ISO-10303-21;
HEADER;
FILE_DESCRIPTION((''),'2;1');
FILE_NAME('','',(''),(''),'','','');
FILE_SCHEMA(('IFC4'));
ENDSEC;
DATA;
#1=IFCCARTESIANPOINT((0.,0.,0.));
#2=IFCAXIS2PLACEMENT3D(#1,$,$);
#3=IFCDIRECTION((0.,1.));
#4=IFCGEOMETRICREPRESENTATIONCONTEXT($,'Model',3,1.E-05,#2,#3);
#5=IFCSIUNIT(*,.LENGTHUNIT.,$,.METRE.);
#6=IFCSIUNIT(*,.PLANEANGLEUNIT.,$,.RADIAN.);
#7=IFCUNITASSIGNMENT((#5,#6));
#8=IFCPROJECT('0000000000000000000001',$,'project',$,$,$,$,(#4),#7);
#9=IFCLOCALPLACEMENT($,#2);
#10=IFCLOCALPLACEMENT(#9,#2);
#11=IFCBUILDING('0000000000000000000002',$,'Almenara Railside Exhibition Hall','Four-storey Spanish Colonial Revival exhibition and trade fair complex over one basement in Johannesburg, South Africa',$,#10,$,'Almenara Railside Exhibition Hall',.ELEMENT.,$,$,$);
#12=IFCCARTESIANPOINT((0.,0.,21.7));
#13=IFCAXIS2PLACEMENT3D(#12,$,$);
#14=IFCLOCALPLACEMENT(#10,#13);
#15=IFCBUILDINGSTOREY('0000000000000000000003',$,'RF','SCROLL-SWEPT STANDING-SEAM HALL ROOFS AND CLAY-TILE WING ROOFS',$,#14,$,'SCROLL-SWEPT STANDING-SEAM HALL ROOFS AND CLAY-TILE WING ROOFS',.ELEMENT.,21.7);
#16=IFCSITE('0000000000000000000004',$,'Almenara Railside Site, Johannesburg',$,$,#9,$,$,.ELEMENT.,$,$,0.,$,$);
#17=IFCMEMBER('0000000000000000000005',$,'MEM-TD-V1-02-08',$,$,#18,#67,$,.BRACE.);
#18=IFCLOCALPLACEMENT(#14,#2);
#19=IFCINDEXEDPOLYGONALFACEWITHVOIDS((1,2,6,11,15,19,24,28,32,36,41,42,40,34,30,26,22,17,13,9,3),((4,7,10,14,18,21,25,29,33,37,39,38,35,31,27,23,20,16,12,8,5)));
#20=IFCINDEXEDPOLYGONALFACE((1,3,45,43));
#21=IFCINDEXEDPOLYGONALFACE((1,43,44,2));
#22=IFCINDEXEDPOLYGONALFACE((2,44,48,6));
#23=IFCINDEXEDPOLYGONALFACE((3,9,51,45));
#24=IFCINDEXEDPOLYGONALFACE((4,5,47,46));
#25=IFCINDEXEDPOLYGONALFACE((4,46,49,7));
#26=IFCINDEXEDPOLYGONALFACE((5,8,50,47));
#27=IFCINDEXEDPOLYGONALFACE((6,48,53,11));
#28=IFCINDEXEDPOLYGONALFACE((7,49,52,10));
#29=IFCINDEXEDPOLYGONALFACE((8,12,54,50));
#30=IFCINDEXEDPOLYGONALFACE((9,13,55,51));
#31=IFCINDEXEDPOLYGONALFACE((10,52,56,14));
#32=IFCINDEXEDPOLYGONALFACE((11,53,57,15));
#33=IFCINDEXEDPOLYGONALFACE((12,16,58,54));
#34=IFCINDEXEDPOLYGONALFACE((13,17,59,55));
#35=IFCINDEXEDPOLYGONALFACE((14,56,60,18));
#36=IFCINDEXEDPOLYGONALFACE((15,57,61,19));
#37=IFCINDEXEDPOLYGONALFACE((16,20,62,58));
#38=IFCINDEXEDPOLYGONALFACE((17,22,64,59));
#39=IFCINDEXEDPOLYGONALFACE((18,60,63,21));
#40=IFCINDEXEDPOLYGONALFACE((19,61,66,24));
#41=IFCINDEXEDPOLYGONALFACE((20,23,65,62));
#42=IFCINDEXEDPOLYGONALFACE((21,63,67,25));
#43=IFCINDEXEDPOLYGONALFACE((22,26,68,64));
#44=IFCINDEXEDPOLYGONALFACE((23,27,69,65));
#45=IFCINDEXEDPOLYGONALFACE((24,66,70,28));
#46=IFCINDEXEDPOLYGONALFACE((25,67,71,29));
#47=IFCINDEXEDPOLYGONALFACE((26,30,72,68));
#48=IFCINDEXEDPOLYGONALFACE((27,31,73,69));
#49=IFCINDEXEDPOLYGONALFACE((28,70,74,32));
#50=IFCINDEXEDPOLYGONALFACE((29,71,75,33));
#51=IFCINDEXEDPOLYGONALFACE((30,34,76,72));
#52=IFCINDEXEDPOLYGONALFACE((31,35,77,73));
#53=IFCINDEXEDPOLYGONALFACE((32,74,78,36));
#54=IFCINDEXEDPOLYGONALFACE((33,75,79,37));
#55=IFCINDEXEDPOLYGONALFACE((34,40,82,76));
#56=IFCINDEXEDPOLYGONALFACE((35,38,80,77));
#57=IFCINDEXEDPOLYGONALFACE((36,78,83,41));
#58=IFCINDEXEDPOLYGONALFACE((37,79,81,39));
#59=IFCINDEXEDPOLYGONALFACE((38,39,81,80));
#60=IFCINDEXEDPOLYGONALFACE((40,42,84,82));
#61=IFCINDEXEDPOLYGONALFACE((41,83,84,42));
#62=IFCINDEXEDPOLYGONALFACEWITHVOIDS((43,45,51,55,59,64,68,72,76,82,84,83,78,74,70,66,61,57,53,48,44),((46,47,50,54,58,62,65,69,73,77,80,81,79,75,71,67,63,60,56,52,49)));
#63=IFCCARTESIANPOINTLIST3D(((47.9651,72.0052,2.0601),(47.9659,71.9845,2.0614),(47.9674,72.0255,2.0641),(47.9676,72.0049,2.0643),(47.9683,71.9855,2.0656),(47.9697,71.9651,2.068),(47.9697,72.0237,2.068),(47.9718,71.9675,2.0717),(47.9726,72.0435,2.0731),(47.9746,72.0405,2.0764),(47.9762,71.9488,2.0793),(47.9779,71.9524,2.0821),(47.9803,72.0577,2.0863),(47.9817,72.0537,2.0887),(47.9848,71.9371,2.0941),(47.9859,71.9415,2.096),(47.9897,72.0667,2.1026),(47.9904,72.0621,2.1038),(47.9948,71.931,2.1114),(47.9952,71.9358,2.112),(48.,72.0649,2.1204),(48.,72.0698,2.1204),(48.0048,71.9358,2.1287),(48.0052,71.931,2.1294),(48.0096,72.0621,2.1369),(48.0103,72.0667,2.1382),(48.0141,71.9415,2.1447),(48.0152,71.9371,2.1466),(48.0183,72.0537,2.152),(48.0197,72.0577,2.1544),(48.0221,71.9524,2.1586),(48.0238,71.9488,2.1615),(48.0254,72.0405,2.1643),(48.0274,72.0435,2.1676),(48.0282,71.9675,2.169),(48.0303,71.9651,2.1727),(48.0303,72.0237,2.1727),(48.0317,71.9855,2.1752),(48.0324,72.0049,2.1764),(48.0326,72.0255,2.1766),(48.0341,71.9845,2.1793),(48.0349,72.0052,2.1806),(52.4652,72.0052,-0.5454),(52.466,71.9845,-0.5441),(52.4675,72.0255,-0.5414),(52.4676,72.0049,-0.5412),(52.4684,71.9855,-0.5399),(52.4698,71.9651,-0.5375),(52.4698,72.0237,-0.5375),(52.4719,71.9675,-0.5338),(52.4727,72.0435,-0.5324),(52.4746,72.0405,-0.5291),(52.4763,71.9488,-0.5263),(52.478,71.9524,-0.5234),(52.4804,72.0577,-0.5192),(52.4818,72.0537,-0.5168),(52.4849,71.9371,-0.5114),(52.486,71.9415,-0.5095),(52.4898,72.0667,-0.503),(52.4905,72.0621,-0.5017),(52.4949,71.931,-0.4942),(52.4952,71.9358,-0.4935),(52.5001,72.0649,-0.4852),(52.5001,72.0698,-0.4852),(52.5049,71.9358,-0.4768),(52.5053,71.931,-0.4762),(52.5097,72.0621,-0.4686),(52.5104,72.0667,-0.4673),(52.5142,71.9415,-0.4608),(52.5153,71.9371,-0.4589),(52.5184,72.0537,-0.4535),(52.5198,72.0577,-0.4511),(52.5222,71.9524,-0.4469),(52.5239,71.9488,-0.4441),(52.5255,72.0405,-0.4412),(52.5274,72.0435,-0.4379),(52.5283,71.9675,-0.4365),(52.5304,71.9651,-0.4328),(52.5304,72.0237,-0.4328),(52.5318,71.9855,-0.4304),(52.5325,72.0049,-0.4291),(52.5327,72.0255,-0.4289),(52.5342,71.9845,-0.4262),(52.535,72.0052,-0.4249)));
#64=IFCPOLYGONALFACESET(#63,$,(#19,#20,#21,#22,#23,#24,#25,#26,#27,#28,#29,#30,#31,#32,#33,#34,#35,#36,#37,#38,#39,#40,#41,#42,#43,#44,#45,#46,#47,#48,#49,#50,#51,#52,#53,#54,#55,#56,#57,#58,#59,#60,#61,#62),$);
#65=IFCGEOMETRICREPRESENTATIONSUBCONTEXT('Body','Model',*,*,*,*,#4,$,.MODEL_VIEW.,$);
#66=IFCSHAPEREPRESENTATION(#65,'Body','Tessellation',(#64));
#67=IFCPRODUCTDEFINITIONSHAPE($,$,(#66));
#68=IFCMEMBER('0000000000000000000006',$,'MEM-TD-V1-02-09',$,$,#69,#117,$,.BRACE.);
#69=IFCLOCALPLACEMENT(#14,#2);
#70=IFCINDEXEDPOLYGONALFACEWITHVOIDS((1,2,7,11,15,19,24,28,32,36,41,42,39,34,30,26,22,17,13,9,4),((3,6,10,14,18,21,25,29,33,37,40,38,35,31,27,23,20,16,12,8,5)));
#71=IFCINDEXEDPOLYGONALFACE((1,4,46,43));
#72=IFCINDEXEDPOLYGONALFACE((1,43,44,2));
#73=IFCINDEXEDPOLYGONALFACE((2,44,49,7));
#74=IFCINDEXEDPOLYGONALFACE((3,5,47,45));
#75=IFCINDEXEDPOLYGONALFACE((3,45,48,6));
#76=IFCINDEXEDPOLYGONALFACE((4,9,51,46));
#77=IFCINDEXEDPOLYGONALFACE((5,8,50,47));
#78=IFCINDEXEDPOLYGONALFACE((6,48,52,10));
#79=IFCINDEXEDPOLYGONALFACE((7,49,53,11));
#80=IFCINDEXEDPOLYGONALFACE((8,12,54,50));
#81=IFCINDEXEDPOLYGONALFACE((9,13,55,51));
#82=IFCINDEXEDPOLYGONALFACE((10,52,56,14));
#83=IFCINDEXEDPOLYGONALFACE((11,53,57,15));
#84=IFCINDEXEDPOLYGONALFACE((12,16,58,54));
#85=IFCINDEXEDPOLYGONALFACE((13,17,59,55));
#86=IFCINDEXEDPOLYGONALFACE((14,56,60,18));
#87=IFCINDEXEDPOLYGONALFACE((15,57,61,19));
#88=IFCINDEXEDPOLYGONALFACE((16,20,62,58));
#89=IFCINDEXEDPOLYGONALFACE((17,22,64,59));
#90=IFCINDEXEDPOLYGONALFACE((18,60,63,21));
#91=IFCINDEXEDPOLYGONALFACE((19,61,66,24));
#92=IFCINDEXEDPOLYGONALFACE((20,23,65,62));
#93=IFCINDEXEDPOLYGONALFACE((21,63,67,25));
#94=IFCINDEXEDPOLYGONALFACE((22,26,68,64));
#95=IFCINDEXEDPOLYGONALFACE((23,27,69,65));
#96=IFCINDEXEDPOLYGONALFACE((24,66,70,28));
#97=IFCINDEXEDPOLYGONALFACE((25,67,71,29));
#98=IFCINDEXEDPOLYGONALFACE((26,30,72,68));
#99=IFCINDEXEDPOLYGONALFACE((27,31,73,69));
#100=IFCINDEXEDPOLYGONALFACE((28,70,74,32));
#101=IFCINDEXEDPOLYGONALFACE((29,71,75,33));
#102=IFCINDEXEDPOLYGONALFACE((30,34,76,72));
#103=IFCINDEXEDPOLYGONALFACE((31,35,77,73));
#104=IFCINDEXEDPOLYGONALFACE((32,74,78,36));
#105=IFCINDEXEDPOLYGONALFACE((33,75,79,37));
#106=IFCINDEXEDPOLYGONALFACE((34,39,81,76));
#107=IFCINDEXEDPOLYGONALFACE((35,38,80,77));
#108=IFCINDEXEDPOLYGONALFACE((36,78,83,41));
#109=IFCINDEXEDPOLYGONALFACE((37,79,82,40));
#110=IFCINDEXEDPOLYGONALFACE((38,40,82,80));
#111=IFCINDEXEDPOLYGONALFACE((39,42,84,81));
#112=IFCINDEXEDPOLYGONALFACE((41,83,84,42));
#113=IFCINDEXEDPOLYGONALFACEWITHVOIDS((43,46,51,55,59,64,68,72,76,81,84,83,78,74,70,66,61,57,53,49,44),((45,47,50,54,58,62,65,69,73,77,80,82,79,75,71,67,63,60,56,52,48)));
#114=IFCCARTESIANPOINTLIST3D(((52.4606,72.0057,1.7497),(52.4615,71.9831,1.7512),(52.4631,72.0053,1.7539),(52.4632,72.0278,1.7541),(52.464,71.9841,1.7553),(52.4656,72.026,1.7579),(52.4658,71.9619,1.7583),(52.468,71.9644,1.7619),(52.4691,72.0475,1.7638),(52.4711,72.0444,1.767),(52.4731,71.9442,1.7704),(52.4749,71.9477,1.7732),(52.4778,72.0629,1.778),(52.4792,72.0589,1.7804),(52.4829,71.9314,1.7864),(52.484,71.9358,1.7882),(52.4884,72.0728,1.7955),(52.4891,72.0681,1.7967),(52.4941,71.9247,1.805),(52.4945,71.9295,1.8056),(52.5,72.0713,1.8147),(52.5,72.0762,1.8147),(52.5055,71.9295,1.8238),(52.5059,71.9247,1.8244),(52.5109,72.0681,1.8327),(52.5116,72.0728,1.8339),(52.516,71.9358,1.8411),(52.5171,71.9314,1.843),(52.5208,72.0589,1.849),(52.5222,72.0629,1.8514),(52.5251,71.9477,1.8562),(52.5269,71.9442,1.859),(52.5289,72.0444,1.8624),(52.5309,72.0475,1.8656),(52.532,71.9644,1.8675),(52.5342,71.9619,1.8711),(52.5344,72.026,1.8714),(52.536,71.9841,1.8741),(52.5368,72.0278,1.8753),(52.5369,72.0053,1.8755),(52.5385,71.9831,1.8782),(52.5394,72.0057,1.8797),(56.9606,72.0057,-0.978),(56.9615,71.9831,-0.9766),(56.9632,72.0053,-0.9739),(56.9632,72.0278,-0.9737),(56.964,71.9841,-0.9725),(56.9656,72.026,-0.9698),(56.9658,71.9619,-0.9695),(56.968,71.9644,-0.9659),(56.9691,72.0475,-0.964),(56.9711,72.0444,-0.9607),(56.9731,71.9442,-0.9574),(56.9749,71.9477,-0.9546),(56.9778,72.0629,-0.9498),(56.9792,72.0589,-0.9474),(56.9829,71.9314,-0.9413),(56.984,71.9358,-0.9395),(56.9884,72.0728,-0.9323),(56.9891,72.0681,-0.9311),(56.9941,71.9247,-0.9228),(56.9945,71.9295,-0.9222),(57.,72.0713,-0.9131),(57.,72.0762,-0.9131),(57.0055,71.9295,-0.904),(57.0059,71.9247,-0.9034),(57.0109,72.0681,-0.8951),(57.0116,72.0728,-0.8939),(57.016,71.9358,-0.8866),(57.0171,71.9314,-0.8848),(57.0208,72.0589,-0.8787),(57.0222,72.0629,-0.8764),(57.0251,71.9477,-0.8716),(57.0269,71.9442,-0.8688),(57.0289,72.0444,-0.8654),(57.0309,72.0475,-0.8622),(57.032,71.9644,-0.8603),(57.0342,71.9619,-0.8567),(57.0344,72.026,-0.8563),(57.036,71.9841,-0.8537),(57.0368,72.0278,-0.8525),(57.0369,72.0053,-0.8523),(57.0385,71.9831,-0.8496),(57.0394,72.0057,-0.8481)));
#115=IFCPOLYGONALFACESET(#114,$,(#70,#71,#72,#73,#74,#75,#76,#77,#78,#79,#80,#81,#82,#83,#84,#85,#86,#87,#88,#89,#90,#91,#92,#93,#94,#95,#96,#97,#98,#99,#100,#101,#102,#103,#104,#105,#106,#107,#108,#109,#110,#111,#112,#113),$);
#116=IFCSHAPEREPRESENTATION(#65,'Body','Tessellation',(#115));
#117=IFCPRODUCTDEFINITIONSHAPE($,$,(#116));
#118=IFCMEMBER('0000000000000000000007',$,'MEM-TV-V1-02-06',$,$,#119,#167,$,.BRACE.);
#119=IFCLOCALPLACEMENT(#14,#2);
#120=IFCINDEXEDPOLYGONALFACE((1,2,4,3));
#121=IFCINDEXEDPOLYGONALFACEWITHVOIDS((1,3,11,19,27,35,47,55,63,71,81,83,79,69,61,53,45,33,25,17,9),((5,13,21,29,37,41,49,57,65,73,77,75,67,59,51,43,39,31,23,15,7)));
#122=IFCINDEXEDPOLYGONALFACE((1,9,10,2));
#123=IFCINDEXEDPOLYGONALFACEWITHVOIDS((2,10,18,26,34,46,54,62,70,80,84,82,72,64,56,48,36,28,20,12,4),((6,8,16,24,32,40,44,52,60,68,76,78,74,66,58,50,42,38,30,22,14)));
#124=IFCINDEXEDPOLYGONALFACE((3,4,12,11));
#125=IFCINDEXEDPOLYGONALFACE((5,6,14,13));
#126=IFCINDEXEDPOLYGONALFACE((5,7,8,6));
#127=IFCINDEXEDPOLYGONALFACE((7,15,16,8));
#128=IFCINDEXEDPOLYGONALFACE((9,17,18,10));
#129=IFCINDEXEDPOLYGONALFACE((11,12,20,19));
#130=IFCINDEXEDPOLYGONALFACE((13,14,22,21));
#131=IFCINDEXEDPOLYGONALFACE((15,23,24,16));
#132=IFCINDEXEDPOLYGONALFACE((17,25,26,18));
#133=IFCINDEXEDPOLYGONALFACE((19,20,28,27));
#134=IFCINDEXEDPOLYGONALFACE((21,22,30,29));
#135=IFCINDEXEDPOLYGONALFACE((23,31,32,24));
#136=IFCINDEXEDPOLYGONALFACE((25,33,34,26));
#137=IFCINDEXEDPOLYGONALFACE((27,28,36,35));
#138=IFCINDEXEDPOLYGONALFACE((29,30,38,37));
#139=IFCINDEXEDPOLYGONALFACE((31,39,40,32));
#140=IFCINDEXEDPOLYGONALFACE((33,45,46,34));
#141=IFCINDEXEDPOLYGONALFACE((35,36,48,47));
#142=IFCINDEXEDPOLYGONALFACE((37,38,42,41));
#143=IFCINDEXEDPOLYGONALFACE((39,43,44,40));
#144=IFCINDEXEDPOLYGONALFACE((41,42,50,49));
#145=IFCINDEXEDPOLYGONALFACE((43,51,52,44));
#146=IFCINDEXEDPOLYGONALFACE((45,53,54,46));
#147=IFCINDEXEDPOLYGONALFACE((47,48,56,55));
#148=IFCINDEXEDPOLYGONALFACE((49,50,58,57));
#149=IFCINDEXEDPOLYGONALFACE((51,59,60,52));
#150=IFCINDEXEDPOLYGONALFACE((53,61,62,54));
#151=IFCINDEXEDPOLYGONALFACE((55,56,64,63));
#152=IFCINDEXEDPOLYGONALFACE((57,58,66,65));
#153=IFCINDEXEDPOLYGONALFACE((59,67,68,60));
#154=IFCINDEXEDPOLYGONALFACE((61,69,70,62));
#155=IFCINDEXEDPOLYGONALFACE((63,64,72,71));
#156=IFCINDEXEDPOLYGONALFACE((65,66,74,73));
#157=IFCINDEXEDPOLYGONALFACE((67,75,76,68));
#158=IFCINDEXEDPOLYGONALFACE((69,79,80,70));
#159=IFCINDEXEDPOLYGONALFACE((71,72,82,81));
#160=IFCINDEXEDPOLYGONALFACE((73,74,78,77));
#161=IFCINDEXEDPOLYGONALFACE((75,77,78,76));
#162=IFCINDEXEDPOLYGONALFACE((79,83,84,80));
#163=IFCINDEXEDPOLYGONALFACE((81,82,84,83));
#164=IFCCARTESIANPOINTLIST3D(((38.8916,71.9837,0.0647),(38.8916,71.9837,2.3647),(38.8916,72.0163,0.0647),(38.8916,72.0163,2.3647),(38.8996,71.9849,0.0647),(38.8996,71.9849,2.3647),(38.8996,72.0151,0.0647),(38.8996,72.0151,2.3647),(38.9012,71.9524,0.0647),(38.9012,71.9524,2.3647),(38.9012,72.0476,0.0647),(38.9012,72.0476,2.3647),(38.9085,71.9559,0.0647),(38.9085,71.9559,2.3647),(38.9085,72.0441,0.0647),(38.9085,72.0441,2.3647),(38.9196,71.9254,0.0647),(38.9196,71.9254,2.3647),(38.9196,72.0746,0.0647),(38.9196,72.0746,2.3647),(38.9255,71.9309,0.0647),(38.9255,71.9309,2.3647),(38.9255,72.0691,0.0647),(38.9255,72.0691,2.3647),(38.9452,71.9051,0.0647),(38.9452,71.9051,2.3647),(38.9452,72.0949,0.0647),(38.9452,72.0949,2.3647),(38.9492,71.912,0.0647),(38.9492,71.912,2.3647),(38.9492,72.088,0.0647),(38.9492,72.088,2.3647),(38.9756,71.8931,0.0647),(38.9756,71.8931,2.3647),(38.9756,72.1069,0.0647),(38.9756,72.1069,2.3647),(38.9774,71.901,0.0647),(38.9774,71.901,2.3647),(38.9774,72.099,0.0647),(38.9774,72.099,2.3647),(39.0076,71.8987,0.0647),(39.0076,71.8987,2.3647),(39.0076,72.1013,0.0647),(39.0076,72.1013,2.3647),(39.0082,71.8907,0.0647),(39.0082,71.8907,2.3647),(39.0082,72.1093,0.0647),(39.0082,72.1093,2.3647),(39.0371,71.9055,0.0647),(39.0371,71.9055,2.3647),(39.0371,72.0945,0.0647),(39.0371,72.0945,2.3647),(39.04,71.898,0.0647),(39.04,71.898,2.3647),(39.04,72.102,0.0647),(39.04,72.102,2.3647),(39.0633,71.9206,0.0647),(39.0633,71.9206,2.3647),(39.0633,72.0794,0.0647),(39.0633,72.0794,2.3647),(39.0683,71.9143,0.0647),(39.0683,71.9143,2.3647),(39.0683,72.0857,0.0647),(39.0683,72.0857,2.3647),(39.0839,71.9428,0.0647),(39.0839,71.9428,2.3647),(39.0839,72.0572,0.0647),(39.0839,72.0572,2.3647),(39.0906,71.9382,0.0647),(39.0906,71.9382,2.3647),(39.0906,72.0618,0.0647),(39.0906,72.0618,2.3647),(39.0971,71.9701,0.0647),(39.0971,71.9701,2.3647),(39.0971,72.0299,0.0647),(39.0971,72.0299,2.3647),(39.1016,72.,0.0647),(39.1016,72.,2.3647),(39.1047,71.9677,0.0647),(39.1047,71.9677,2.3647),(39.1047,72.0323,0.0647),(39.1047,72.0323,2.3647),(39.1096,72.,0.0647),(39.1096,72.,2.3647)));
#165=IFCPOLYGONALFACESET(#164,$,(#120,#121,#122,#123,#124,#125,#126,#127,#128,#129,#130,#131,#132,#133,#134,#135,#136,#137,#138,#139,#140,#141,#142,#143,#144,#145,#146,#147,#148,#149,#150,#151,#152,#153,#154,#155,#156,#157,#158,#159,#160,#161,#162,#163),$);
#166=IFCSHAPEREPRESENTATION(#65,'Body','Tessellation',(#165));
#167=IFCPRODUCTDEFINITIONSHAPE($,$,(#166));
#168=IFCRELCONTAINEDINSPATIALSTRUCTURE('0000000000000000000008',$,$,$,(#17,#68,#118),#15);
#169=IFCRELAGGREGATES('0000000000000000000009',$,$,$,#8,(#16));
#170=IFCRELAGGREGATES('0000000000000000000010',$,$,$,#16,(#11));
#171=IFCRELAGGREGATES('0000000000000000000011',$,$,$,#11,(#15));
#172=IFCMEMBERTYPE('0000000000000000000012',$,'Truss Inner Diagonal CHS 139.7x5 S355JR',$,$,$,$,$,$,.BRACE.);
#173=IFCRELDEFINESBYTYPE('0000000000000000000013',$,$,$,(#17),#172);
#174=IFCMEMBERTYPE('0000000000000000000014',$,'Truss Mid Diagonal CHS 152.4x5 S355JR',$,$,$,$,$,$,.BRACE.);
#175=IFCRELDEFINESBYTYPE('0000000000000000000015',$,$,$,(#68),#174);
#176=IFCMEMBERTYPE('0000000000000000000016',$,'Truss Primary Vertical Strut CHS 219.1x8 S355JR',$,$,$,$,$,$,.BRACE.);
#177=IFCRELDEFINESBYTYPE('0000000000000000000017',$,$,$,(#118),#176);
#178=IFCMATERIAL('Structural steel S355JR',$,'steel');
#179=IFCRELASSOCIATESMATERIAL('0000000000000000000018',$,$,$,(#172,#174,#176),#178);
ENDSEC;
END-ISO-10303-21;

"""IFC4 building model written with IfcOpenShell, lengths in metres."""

from ifc_helpers import new_model, si_unit, direction, frame, origin, origin_2d, place, context, subcontext, project, spatial, hollow_circle, extrude, material, material_profile, profile_set, type_object, element, save


model = new_model("IFC4")

# Units and contexts
model_context = context("Model", 3, precision=1e-05, world=origin(), true_north=direction((0.0, 1.0)))
body_context = subcontext(model_context, "Body", "Model", "MODEL_VIEW")
ifc_project = project(units=[si_unit("LENGTHUNIT", "METRE"), si_unit("PLANEANGLEUNIT", "RADIAN")], contexts=[model_context])

# Site, building, storey
site_placement = place(None, origin())
site = spatial("IfcSite", under=ifc_project, at=site_placement, Name="Almenara Railside Site, Johannesburg", CompositionType="ELEMENT", RefElevation=0.0)
building_placement = place(site_placement, origin())
building = spatial("IfcBuilding", under=site, at=building_placement, Name="Almenara Railside Exhibition Hall", Description="Four-storey Spanish Colonial Revival exhibition and trade fair complex over one basement in Johannesburg, South Africa", LongName="Almenara Railside Exhibition Hall", CompositionType="ELEMENT")
storey_placement = place(building_placement, frame((0.0, 0.0, 21.7)))
storey = spatial("IfcBuildingStorey", under=building, at=storey_placement, Name="RF", Description="SCROLL-SWEPT STANDING-SEAM HALL ROOFS AND CLAY-TILE WING ROOFS", LongName="SCROLL-SWEPT STANDING-SEAM HALL ROOFS AND CLAY-TILE WING ROOFS", CompositionType="ELEMENT", Elevation=21.7)

# Members
ifc_material_1 = material(Name="Structural steel S355JR", Category="steel")
ifc_material_profile_1 = material_profile(ifc_material_1, hollow_circle(Radius=0.0698, WallThickness=0.0049, at=origin_2d()), Name="CHS 139.7x5")
ifc_profile_set_1 = profile_set([ifc_material_profile_1], Name="Structural steel S355JR")
member_type_1 = type_object("IfcMemberType", Name="Truss Inner Diagonal CHS 139.7x5 S355JR", PredefinedType="BRACE", material=ifc_profile_set_1)
member_1_placement = place(storey_placement, frame((48.0, 72.0, 2.1204), z_axis=(0.865409, 0.0, -0.501066), x_axis=(0.0, 1.0, 0.0)))
element("IfcMember", 1, at=member_1_placement, inside=storey, type_object=member_type_1, Name="MEM-TD-V1-02-08", PredefinedType="BRACE", context=body_context, shape_type="SweptSolid", body=[
    extrude(hollow_circle(Radius=0.0698, WallThickness=0.0049, at=origin_2d()), origin(), (0.0, 0.0, 1.0), 5.2),
])
ifc_material_profile_2 = material_profile(ifc_material_1, hollow_circle(Radius=0.0762, WallThickness=0.0049, at=origin_2d()), Name="CHS 152.4x5")
ifc_profile_set_2 = profile_set([ifc_material_profile_2], Name="Structural steel S355JR")
member_type_2 = type_object("IfcMemberType", Name="Truss Mid Diagonal CHS 152.4x5 S355JR", PredefinedType="BRACE", material=ifc_profile_set_2)
member_2_placement = place(storey_placement, frame((52.5, 72.0, 1.8147), z_axis=(0.855155, 0.0, -0.518373), x_axis=(0.0, 1.0, 0.0)))
element("IfcMember", 2, at=member_2_placement, inside=storey, type_object=member_type_2, Name="MEM-TD-V1-02-09", PredefinedType="BRACE", context=body_context, shape_type="SweptSolid", body=[
    extrude(hollow_circle(Radius=0.0762, WallThickness=0.0049, at=origin_2d()), origin(), (0.0, 0.0, 1.0), 5.2622),
])
ifc_material_profile_3 = material_profile(ifc_material_1, hollow_circle(Radius=0.1096, WallThickness=0.0081, at=origin_2d()), Name="CHS 219.1x8")
ifc_profile_set_3 = profile_set([ifc_material_profile_3], Name="Structural steel S355JR")
member_type_3 = type_object("IfcMemberType", Name="Truss Primary Vertical Strut CHS 219.1x8 S355JR", PredefinedType="BRACE", material=ifc_profile_set_3)
member_3_placement = place(storey_placement, frame((39.0, 72.0, 0.0647), z_axis=(0.0, 0.0, 1.0), x_axis=(1.0, 0.0, 0.0)))
element("IfcMember", 3, at=member_3_placement, inside=storey, type_object=member_type_3, Name="MEM-TV-V1-02-06", PredefinedType="BRACE", context=body_context, shape_type="SweptSolid", body=[
    extrude(hollow_circle(Radius=0.1096, WallThickness=0.0081, at=origin_2d()), origin(), (0.0, 0.0, 1.0), 2.3),
])

save(model, "model.ifc")
